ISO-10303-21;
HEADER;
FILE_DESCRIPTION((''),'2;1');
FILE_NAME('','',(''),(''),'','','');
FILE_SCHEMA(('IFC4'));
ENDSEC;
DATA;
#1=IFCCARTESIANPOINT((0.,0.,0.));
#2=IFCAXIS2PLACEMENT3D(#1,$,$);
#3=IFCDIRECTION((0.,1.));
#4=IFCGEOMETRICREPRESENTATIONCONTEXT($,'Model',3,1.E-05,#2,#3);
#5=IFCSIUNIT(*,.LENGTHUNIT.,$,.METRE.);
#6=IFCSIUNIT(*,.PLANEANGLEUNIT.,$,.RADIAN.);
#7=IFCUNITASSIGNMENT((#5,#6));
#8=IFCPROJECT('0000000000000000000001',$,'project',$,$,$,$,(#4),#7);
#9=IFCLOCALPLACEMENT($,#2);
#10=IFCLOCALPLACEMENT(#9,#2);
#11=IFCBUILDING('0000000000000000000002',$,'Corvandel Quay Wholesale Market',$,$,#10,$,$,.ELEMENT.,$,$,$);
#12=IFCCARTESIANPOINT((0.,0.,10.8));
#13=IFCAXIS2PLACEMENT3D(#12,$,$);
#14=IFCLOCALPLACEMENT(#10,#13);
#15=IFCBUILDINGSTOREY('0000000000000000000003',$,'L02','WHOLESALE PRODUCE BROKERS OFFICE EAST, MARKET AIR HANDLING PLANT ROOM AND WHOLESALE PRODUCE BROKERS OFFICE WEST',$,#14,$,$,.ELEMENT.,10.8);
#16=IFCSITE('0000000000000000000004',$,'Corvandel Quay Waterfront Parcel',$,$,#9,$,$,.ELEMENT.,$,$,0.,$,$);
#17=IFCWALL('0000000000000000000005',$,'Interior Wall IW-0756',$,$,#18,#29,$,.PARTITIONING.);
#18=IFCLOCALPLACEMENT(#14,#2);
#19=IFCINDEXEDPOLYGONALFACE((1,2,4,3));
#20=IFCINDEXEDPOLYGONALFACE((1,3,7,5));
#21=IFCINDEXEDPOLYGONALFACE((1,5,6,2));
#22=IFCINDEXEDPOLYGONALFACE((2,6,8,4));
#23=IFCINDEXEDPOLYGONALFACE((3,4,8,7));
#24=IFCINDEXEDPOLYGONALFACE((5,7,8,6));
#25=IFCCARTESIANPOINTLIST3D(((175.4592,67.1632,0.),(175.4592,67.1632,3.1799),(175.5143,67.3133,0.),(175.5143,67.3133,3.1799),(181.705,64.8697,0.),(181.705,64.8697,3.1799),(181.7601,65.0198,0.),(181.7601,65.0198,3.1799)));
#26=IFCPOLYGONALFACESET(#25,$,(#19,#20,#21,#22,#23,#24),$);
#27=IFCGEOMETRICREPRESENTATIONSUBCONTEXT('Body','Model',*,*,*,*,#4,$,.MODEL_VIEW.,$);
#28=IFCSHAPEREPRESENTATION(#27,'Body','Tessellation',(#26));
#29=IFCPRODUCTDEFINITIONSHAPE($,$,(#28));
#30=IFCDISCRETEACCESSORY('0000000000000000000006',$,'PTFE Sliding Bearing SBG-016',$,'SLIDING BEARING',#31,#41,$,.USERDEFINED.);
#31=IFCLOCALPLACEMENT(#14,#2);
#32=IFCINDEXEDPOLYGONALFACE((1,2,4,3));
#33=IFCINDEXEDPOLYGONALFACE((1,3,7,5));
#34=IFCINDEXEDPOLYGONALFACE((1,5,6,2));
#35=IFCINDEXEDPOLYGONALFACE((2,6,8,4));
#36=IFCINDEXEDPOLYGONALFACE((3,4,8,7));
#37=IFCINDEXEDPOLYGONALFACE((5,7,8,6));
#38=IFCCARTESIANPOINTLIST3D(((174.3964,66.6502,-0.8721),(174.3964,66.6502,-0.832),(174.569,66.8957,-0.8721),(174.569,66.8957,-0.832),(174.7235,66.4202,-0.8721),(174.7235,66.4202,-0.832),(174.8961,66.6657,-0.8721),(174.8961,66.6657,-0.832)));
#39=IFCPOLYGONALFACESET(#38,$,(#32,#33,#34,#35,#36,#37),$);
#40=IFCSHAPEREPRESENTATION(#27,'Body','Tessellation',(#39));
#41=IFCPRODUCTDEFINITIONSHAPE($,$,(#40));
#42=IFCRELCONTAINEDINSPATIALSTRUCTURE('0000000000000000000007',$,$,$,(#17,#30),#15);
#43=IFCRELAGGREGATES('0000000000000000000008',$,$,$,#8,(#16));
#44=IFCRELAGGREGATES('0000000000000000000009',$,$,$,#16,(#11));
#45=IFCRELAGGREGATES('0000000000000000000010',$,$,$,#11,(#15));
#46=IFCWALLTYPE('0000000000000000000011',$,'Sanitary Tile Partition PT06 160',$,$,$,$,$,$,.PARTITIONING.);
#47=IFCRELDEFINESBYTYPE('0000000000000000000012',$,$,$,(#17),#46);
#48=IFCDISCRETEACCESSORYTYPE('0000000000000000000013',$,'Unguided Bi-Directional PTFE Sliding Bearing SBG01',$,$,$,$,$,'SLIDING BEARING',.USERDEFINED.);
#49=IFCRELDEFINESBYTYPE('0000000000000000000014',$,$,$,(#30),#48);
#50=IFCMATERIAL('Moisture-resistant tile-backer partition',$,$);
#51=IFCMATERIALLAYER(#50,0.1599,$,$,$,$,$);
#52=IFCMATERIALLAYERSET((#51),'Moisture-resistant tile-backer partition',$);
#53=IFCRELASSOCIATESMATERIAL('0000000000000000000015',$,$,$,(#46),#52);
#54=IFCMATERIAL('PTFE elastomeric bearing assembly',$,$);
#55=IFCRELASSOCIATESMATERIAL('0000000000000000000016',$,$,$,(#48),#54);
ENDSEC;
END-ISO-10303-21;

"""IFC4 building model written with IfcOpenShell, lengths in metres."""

from ifc_helpers import new_model, si_unit, direction, frame, frame_2d, origin, origin_2d, place, context, subcontext, project, spatial, rectangle, extrude, material, layer, layer_set, type_object, element, save


model = new_model("IFC4")

# Units and contexts
model_context = context("Model", 3, precision=1e-05, world=origin(), true_north=direction((0.0, 1.0)))
body_context = subcontext(model_context, "Body", "Model", "MODEL_VIEW")
ifc_project = project(units=[si_unit("LENGTHUNIT", "METRE"), si_unit("PLANEANGLEUNIT", "RADIAN")], contexts=[model_context])

# Site, building, storey
site_placement = place(None, origin())
site = spatial("IfcSite", under=ifc_project, at=site_placement, Name="Corvandel Quay Waterfront Parcel", CompositionType="ELEMENT", RefElevation=0.0)
building_placement = place(site_placement, origin())
building = spatial("IfcBuilding", under=site, at=building_placement, Name="Corvandel Quay Wholesale Market", CompositionType="ELEMENT")
storey_placement = place(building_placement, frame((0.0, 0.0, 10.8)))
storey = spatial("IfcBuildingStorey", under=building, at=storey_placement, Name="L02", Description="WHOLESALE PRODUCE BROKERS OFFICE EAST, MARKET AIR HANDLING PLANT ROOM AND WHOLESALE PRODUCE BROKERS OFFICE WEST", CompositionType="ELEMENT", Elevation=10.8)

# Wall
ifc_material_1 = material(Name="Moisture-resistant tile-backer partition")
ifc_layer_1 = layer(ifc_material_1, 0.1599)
ifc_layer_set_1 = layer_set([ifc_layer_1], Name="Moisture-resistant tile-backer partition")
wall_type = type_object("IfcWallType", Name="Sanitary Tile Partition PT06 160", PredefinedType="PARTITIONING", material=ifc_layer_set_1)
wall_placement = place(storey_placement, frame((181.7324, 64.9448, 0.0), z_axis=(0.0, 0.0, 1.0), x_axis=(-0.938715, 0.344693, 0.0)))
element("IfcWall", 1, at=wall_placement, inside=storey, type_object=wall_type, Name="Interior Wall IW-0756", PredefinedType="PARTITIONING", context=body_context, shape_type="SweptSolid", body=[
    extrude(rectangle(XDim=6.6536, YDim=0.1599, at=frame_2d((3.3267, 0.0))), origin(), (0.0, 0.0, 1.0), 3.1799),
])

# Discrete accessory
ifc_material_2 = material(Name="PTFE elastomeric bearing assembly")
discrete_accessory_type = type_object("IfcDiscreteAccessoryType", Name="Unguided Bi-Directional PTFE Sliding Bearing SBG01", ElementType="SLIDING BEARING", PredefinedType="USERDEFINED", material=ifc_material_2)
discrete_accessory_placement = place(storey_placement, frame((174.6462, 66.658, -0.8721), z_axis=(0.0, 0.0, 1.0), x_axis=(0.575148, 0.818049, 0.0)))
element("IfcDiscreteAccessory", 2, at=discrete_accessory_placement, inside=storey, type_object=discrete_accessory_type, Name="PTFE Sliding Bearing SBG-016", ObjectType="SLIDING BEARING", PredefinedType="USERDEFINED", context=body_context, shape_type="SweptSolid", body=[
    extrude(rectangle(XDim=0.3, YDim=0.3999, at=origin_2d()), origin(), (0.0, 0.0, 1.0), 0.04),
])

save(model, "model.ifc")
